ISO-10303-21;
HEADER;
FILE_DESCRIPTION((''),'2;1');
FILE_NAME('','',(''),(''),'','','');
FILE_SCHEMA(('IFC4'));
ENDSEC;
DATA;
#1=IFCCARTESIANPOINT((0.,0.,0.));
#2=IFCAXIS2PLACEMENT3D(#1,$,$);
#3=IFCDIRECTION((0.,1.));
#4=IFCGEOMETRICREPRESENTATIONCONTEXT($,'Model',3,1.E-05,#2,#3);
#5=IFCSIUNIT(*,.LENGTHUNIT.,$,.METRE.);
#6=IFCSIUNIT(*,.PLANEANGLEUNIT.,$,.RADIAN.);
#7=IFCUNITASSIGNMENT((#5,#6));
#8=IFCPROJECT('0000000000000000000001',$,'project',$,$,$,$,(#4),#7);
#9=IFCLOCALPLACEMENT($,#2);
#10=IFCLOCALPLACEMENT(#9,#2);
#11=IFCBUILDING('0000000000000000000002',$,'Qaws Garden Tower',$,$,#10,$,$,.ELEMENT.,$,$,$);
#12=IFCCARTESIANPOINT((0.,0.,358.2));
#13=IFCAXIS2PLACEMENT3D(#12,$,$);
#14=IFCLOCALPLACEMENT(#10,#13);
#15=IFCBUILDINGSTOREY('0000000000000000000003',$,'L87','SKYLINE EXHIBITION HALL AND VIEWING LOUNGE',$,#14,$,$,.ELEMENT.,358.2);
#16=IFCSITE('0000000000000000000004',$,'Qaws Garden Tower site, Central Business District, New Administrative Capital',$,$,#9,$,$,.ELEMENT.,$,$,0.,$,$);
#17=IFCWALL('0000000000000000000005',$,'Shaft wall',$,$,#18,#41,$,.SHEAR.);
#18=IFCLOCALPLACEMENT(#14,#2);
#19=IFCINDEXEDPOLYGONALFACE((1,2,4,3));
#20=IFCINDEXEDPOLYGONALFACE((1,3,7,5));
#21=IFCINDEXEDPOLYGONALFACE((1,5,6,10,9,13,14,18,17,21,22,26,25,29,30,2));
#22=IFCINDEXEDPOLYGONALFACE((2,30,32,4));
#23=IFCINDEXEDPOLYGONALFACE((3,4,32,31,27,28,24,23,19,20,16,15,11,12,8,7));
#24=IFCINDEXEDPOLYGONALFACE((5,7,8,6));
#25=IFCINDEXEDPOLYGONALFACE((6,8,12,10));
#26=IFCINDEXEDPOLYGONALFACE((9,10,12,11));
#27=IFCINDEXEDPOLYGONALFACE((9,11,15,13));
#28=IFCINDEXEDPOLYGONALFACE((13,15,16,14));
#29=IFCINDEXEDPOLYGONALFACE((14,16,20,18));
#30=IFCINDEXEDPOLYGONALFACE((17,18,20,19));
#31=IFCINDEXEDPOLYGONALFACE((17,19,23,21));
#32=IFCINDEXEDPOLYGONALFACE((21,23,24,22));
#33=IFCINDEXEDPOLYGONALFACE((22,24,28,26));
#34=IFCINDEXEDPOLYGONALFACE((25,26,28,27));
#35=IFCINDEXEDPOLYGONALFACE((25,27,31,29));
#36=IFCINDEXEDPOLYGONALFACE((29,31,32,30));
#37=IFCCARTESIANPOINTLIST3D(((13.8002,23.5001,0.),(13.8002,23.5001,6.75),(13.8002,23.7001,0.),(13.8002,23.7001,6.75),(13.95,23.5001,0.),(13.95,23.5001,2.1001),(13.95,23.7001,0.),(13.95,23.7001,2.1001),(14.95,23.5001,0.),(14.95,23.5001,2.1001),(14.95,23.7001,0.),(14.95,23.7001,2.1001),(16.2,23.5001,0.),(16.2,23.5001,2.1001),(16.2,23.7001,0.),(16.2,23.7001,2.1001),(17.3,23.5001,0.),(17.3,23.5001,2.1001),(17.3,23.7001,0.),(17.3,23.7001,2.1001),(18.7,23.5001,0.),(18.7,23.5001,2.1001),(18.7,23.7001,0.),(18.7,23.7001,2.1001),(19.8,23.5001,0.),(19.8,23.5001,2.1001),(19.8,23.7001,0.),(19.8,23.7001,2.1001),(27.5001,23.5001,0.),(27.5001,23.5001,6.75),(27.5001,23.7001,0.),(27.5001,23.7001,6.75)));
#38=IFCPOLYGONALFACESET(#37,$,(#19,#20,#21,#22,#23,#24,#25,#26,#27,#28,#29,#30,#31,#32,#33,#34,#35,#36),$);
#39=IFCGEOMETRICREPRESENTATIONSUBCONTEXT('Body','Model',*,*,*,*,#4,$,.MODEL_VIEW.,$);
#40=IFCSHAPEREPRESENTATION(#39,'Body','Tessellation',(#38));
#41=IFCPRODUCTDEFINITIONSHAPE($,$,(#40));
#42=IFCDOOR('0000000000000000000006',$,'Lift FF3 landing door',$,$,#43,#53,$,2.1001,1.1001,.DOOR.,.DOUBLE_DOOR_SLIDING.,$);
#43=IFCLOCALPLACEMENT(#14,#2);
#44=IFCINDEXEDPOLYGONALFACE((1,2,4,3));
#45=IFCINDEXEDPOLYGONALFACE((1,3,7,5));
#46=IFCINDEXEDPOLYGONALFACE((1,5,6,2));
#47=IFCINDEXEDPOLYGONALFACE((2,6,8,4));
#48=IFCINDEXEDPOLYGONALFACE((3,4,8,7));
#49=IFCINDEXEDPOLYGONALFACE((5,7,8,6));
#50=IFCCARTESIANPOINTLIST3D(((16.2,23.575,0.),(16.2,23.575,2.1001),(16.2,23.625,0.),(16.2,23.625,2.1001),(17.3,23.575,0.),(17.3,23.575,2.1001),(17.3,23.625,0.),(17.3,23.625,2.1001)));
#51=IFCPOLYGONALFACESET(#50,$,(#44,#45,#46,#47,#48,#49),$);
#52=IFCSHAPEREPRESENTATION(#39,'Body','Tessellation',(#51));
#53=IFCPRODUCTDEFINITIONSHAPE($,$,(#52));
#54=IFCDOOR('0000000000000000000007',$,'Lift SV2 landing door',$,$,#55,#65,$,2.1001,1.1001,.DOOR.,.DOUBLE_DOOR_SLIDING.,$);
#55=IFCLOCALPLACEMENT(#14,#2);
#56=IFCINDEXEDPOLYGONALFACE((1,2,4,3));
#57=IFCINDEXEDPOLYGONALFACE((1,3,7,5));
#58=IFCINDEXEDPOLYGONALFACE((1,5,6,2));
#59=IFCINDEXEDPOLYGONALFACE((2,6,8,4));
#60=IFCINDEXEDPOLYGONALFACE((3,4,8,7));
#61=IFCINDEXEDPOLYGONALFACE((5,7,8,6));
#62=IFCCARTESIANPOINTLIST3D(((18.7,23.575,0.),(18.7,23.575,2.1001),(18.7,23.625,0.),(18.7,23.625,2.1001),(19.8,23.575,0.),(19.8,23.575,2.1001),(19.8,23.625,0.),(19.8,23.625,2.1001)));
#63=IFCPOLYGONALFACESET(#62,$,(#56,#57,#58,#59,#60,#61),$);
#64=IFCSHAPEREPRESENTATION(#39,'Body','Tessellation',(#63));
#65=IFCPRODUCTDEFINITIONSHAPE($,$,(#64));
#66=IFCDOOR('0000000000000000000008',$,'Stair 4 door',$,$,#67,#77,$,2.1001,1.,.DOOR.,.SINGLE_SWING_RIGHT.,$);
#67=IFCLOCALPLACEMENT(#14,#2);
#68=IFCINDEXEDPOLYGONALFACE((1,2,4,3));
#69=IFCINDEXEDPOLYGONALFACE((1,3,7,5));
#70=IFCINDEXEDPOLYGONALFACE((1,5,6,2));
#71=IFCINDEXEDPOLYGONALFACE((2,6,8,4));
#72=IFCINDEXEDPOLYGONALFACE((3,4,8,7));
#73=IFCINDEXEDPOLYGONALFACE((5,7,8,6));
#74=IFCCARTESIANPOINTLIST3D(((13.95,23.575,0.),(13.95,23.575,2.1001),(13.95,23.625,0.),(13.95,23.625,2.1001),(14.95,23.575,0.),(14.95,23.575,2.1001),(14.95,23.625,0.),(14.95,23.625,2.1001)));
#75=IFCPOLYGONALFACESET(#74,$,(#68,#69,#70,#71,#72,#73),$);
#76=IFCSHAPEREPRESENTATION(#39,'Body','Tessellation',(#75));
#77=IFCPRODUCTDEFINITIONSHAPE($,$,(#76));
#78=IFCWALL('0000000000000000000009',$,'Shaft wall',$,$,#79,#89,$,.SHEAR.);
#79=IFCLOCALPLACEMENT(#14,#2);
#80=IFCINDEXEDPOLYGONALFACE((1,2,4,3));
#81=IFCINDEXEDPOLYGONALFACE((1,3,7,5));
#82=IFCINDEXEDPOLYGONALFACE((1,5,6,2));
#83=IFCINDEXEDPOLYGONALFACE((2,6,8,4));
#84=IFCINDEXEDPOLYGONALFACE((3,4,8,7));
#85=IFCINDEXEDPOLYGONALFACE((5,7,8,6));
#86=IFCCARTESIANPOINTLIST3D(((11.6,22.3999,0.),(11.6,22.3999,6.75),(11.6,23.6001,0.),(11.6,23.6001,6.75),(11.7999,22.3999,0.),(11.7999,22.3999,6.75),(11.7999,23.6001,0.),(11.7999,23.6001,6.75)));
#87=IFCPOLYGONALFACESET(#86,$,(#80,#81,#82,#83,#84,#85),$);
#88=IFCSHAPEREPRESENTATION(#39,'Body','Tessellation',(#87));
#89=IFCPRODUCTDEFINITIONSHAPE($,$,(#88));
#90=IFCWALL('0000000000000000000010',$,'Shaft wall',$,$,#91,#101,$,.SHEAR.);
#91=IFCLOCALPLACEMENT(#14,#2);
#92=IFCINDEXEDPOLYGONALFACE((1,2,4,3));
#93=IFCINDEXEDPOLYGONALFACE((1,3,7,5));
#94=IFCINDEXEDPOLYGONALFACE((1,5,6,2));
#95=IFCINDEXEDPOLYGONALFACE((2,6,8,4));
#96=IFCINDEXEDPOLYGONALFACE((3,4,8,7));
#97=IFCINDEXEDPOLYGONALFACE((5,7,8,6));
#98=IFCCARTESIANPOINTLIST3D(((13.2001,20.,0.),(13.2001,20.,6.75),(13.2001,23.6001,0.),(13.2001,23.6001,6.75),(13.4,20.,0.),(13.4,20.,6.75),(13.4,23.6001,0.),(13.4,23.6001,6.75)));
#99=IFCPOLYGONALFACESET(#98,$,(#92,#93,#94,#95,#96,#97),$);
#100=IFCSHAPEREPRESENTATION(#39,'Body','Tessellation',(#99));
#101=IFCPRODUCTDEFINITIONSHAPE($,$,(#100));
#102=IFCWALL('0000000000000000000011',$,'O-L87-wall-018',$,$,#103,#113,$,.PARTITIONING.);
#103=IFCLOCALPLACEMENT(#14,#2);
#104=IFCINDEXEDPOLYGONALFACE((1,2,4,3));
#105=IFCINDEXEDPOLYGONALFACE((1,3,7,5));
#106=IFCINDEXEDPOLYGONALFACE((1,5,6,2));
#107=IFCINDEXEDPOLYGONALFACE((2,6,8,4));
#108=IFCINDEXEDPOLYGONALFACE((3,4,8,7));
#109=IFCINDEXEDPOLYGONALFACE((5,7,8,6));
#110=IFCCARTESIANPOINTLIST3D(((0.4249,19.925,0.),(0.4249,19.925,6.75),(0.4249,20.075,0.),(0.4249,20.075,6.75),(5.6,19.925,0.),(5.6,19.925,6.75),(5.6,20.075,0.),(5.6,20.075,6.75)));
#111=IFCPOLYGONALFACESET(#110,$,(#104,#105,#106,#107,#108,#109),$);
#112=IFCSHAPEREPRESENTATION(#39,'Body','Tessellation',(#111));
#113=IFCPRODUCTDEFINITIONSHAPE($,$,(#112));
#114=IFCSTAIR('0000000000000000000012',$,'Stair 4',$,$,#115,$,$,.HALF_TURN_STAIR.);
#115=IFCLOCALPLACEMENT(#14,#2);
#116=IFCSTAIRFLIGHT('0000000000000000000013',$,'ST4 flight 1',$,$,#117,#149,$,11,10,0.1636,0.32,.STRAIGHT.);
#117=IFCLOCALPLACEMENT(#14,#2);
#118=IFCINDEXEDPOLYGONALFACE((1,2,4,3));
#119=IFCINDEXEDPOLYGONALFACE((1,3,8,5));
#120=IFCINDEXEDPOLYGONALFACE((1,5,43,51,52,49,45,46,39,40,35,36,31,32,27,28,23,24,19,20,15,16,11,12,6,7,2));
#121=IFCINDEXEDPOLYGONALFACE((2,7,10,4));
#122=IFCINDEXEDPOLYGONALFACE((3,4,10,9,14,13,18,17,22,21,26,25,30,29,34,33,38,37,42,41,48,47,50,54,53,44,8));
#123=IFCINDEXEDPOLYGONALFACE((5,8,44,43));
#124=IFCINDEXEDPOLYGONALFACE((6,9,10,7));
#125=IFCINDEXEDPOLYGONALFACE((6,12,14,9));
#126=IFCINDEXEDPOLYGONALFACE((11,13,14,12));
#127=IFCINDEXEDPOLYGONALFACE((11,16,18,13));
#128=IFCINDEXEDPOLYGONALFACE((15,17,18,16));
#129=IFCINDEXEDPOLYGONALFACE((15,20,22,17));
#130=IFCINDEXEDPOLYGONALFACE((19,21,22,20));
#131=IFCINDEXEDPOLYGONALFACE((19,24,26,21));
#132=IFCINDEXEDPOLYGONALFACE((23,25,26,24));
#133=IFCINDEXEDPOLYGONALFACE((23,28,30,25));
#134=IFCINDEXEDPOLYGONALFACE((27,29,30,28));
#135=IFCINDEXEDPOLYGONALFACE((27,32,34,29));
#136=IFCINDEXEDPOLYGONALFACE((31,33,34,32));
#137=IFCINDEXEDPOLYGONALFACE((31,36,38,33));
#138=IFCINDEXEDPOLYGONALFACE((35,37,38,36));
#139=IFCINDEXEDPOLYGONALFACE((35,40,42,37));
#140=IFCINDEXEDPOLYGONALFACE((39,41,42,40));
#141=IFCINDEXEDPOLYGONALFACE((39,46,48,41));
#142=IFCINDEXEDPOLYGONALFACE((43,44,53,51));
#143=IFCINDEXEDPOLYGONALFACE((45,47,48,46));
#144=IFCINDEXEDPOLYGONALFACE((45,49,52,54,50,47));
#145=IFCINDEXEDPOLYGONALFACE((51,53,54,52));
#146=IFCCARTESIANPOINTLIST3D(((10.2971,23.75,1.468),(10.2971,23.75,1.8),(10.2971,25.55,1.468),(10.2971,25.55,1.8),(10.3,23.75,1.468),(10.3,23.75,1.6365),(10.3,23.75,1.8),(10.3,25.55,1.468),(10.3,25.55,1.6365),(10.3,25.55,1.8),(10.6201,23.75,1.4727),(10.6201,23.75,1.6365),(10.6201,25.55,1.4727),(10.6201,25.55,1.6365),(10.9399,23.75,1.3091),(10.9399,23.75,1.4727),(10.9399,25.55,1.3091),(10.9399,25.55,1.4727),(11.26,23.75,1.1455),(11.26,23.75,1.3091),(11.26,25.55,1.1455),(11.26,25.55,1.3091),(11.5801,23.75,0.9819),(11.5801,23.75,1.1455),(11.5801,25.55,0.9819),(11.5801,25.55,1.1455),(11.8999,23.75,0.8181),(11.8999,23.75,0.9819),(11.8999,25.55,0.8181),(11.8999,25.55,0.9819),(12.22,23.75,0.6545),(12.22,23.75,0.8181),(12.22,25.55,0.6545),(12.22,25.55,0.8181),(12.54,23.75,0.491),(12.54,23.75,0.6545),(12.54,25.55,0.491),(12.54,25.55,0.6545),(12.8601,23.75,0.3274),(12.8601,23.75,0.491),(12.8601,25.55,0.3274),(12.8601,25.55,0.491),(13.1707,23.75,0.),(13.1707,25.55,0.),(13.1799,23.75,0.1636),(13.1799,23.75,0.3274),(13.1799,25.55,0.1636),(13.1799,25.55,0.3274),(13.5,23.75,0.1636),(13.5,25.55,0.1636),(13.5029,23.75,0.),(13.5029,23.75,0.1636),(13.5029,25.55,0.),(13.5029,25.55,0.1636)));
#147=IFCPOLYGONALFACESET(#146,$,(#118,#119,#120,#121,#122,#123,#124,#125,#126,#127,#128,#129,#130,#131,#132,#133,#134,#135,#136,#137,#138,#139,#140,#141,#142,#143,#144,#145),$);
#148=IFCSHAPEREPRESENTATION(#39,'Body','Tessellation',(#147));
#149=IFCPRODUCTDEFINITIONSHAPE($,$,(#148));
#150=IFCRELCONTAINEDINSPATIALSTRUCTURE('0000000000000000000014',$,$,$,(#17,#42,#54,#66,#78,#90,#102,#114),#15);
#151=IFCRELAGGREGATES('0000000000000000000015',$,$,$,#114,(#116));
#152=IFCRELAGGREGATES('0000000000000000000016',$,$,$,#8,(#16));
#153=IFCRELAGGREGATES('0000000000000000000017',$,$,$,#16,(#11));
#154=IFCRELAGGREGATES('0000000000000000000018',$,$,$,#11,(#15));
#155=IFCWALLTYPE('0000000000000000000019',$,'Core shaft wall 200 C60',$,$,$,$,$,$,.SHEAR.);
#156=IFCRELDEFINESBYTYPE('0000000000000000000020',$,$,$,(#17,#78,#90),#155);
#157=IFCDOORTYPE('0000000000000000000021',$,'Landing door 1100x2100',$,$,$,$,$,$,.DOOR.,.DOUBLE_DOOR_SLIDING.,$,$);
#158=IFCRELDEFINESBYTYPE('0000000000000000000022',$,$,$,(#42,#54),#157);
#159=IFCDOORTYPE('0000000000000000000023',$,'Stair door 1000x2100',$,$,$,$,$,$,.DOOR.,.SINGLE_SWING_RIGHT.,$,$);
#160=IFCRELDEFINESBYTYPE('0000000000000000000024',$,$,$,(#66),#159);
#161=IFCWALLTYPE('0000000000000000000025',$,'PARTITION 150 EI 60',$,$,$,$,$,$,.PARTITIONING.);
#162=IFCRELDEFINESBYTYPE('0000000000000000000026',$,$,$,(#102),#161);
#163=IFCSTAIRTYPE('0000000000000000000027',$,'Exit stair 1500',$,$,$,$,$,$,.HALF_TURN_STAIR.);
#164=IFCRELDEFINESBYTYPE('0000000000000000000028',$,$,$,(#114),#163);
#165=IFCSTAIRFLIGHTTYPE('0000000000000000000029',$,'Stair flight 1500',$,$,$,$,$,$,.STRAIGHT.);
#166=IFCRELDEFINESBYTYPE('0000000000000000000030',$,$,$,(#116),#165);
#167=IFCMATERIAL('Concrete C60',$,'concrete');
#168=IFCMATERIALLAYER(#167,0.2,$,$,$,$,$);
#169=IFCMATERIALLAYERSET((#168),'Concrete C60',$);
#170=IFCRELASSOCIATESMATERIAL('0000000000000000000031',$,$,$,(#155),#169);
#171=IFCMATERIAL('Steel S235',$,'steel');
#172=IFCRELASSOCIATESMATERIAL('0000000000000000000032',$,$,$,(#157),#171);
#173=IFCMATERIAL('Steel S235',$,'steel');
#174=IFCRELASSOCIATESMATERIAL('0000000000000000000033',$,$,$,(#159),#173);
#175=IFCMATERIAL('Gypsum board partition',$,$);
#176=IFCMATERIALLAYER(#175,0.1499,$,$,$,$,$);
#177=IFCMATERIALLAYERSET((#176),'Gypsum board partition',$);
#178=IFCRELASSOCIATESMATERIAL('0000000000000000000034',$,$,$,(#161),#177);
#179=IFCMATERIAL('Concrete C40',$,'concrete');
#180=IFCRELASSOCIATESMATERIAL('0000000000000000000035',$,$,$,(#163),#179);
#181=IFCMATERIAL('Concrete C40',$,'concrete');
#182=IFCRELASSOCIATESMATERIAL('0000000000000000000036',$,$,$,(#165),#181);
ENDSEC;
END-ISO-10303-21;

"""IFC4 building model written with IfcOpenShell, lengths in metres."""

from ifc_helpers import new_model, si_unit, direction, frame, frame_2d, origin, place, context, subcontext, project, spatial, polyline, rectangle, outline, extrude, material, layer, layer_set, type_object, element, fill, aggregate, save


model = new_model("IFC4")

# Units and contexts
model_context = context("Model", 3, precision=1e-05, world=origin(), true_north=direction((0.0, 1.0)))
body_context = subcontext(model_context, "Body", "Model", "MODEL_VIEW")
ifc_project = project(units=[si_unit("LENGTHUNIT", "METRE"), si_unit("PLANEANGLEUNIT", "RADIAN")], contexts=[model_context])

# Site, building, storey
site_placement = place(None, origin())
site = spatial("IfcSite", under=ifc_project, at=site_placement, Name="Qaws Garden Tower site, Central Business District, New Administrative Capital", CompositionType="ELEMENT", RefElevation=0.0)
building_placement = place(site_placement, origin())
building = spatial("IfcBuilding", under=site, at=building_placement, Name="Qaws Garden Tower", CompositionType="ELEMENT")
storey_placement = place(building_placement, frame((0.0, 0.0, 358.2)))
storey = spatial("IfcBuildingStorey", under=building, at=storey_placement, Name="L87", Description="SKYLINE EXHIBITION HALL AND VIEWING LOUNGE", CompositionType="ELEMENT", Elevation=358.2)

# Shared definitions
placement = place(storey_placement, origin())

# Shared definitions
ifc_material_1 = material(Name="Concrete C60", Category="concrete")
ifc_layer_1 = layer(ifc_material_1, 0.2)
ifc_layer_set_1 = layer_set([ifc_layer_1], Name="Concrete C60")
wall_type_1 = type_object("IfcWallType", Name="Core shaft wall 200 C60", PredefinedType="SHEAR", material=ifc_layer_set_1)

# Wall, openings, doors
wall_1_placement = place(storey_placement, frame((13.8, 23.6001, 0.0), z_axis=(0.0, 0.0, 1.0), x_axis=(1.0, 0.0, 0.0)))
wall_1 = element("IfcWall", 1, at=wall_1_placement, inside=storey, type_object=wall_type_1, Name="Shaft wall", PredefinedType="SHEAR", context=body_context, shape_type="SweptSolid", body=[
    extrude(rectangle(XDim=13.7, YDim=0.2, at=frame_2d((6.8501, 0.0))), origin(), (0.0, 0.0, 1.0), 6.75),
])
opening_1_placement = place(wall_1_placement, frame((2.3999, 0.0, 0.0)))
opening_1 = element("IfcOpeningElement", 2, at=opening_1_placement, cuts=wall_1, PredefinedType="OPENING", context=body_context, shape_type="SweptSolid", body=[
    extrude(rectangle(XDim=1.1001, YDim=2.1001, at=frame_2d((0.55, 1.05))), frame((0.0, 0.1099, 0.0), z_axis=(0.0, -1.0, 0.0), x_axis=(1.0, 0.0, 0.0)), (0.0, 0.0, 1.0), 0.22),
])
opening_2_placement = place(wall_1_placement, frame((4.8999, 0.0, 0.0)))
opening_2 = element("IfcOpeningElement", 3, at=opening_2_placement, cuts=wall_1, PredefinedType="OPENING", context=body_context, shape_type="SweptSolid", body=[
    extrude(rectangle(XDim=1.1001, YDim=2.1001, at=frame_2d((0.55, 1.05))), frame((0.0, 0.1099, 0.0), z_axis=(0.0, -1.0, 0.0), x_axis=(1.0, 0.0, 0.0)), (0.0, 0.0, 1.0), 0.22),
])
opening_3_placement = place(wall_1_placement, frame((0.1499, 0.0, 0.0)))
opening_3 = element("IfcOpeningElement", 4, at=opening_3_placement, cuts=wall_1, PredefinedType="OPENING", context=body_context, shape_type="SweptSolid", body=[
    extrude(rectangle(XDim=1.0, YDim=2.1001, at=frame_2d((0.5, 1.05))), frame((0.0, 0.1099, 0.0), z_axis=(0.0, -1.0, 0.0), x_axis=(1.0, 0.0, 0.0)), (0.0, 0.0, 1.0), 0.22),
])
ifc_material_2 = material(Name="Steel S235", Category="steel")
door_type_1 = type_object("IfcDoorType", Name="Landing door 1100x2100", OperationType="DOUBLE_DOOR_SLIDING", PredefinedType="DOOR", material=ifc_material_2)
door_1_placement = place(opening_1_placement, origin())
door_1 = element("IfcDoor", 5, at=door_1_placement, inside=storey, type_object=door_type_1, Name="Lift FF3 landing door", OperationType="DOUBLE_DOOR_SLIDING", OverallHeight=2.1001, OverallWidth=1.1001, PredefinedType="DOOR", context=body_context, shape_type="SweptSolid", body=[
    extrude(rectangle(XDim=1.1001, YDim=2.1001, at=frame_2d((0.55, 1.05))), frame((0.0, 0.0249, 0.0), z_axis=(0.0, -1.0, 0.0), x_axis=(1.0, 0.0, 0.0)), (0.0, 0.0, 1.0), 0.05),
])
fill(opening_1, door_1)
door_2_placement = place(opening_2_placement, origin())
door_2 = element("IfcDoor", 6, at=door_2_placement, inside=storey, type_object=door_type_1, Name="Lift SV2 landing door", OperationType="DOUBLE_DOOR_SLIDING", OverallHeight=2.1001, OverallWidth=1.1001, PredefinedType="DOOR", context=body_context, shape_type="SweptSolid", body=[
    extrude(rectangle(XDim=1.1001, YDim=2.1001, at=frame_2d((0.55, 1.05))), frame((0.0, 0.0249, 0.0), z_axis=(0.0, -1.0, 0.0), x_axis=(1.0, 0.0, 0.0)), (0.0, 0.0, 1.0), 0.05),
])
fill(opening_2, door_2)
ifc_material_3 = material(Name="Steel S235", Category="steel")
door_type_2 = type_object("IfcDoorType", Name="Stair door 1000x2100", OperationType="SINGLE_SWING_RIGHT", PredefinedType="DOOR", material=ifc_material_3)
door_3_placement = place(opening_3_placement, origin())
door_3 = element("IfcDoor", 7, at=door_3_placement, inside=storey, type_object=door_type_2, Name="Stair 4 door", OperationType="SINGLE_SWING_RIGHT", OverallHeight=2.1001, OverallWidth=1.0, PredefinedType="DOOR", context=body_context, shape_type="SweptSolid", body=[
    extrude(rectangle(XDim=1.0, YDim=2.1001, at=frame_2d((0.5, 1.05))), frame((0.0, 0.0249, 0.0), z_axis=(0.0, -1.0, 0.0), x_axis=(1.0, 0.0, 0.0)), (0.0, 0.0, 1.0), 0.05),
])
fill(opening_3, door_3)

# Walls
wall_2_placement = place(storey_placement, frame((11.7, 22.3999, 0.0), z_axis=(0.0, 0.0, 1.0), x_axis=(0.0, 1.0, 0.0)))
element("IfcWall", 8, at=wall_2_placement, inside=storey, type_object=wall_type_1, Name="Shaft wall", PredefinedType="SHEAR", context=body_context, shape_type="SweptSolid", body=[
    extrude(rectangle(XDim=1.2002, YDim=0.2, at=frame_2d((0.6001, 0.0))), origin(), (0.0, 0.0, 1.0), 6.75),
])
wall_3_placement = place(storey_placement, frame((13.3, 20.0, 0.0), z_axis=(0.0, 0.0, 1.0), x_axis=(0.0, 1.0, 0.0)))
element("IfcWall", 9, at=wall_3_placement, inside=storey, type_object=wall_type_1, Name="Shaft wall", PredefinedType="SHEAR", context=body_context, shape_type="SweptSolid", body=[
    extrude(rectangle(XDim=3.6001, YDim=0.2, at=frame_2d((1.8, 0.0))), origin(), (0.0, 0.0, 1.0), 6.75),
])
ifc_material_4 = material(Name="Gypsum board partition")
ifc_layer_2 = layer(ifc_material_4, 0.1499)
ifc_layer_set_2 = layer_set([ifc_layer_2], Name="Gypsum board partition")
wall_type_2 = type_object("IfcWallType", Name="PARTITION 150 EI 60", PredefinedType="PARTITIONING", material=ifc_layer_set_2)
wall_4_placement = place(storey_placement, frame((0.425, 20.0, 0.0), z_axis=(0.0, 0.0, 1.0), x_axis=(1.0, 0.0, 0.0)))
element("IfcWall", 10, at=wall_4_placement, inside=storey, type_object=wall_type_2, Name="O-L87-wall-018", PredefinedType="PARTITIONING", context=body_context, shape_type="SweptSolid", body=[
    extrude(rectangle(XDim=5.175, YDim=0.1499, at=frame_2d((2.5874, 0.0))), origin(), (0.0, 0.0, 1.0), 6.75),
])

# Stair, stair flight
ifc_material_5 = material(Name="Concrete C40", Category="concrete")
stair_type = type_object("IfcStairType", Name="Exit stair 1500", PredefinedType="HALF_TURN_STAIR", material=ifc_material_5)
stair = element("IfcStair", 11, at=placement, inside=storey, type_object=stair_type, Name="Stair 4", PredefinedType="HALF_TURN_STAIR")
ifc_material_6 = material(Name="Concrete C40", Category="concrete")
stair_flight_type = type_object("IfcStairFlightType", Name="Stair flight 1500", PredefinedType="STRAIGHT", material=ifc_material_6)
stair_flight_1_placement = place(storey_placement, frame((13.5, 24.6499, 0.0), z_axis=(0.0, 0.0, 1.0), x_axis=(-1.0, 0.0, 0.0)))
stair_flight_1 = element("IfcStairFlight", 12, at=stair_flight_1_placement, type_object=stair_flight_type, Name="ST4 flight 1", NumberOfRisers=11, NumberOfTreads=10, PredefinedType="STRAIGHT", RiserHeight=0.1636, TreadLength=0.32, context=body_context, shape_type="SweptSolid", body=[
    extrude(outline(polyline([(-0.0029, 0.0), (-0.0029, 0.1636), (0.0, 0.1636), (0.3201, 0.1636), (0.3201, 0.3274), (0.6399, 0.3274), (0.6399, 0.491), (0.96, 0.491), (0.96, 0.6545), (1.28, 0.6545), (1.28, 0.8181), (1.6001, 0.8181), (1.6001, 0.9819), (1.9199, 0.9819), (1.9199, 1.1455), (2.24, 1.1455), (2.24, 1.3091), (2.5601, 1.3091), (2.5601, 1.4727), (2.8799, 1.4727), (2.8799, 1.6365), (3.2, 1.6365), (3.2, 1.8), (3.2029, 1.8), (3.2029, 1.468), (3.2, 1.468), (0.3293, 0.0), (-0.0029, 0.0)])), frame((0.0, 0.8999, 0.0), z_axis=(0.0, -1.0, 0.0), x_axis=(1.0, 0.0, 0.0)), (0.0, 0.0, 1.0), 1.8),
])
aggregate(stair, [stair_flight_1])

save(model, "model.ifc")
